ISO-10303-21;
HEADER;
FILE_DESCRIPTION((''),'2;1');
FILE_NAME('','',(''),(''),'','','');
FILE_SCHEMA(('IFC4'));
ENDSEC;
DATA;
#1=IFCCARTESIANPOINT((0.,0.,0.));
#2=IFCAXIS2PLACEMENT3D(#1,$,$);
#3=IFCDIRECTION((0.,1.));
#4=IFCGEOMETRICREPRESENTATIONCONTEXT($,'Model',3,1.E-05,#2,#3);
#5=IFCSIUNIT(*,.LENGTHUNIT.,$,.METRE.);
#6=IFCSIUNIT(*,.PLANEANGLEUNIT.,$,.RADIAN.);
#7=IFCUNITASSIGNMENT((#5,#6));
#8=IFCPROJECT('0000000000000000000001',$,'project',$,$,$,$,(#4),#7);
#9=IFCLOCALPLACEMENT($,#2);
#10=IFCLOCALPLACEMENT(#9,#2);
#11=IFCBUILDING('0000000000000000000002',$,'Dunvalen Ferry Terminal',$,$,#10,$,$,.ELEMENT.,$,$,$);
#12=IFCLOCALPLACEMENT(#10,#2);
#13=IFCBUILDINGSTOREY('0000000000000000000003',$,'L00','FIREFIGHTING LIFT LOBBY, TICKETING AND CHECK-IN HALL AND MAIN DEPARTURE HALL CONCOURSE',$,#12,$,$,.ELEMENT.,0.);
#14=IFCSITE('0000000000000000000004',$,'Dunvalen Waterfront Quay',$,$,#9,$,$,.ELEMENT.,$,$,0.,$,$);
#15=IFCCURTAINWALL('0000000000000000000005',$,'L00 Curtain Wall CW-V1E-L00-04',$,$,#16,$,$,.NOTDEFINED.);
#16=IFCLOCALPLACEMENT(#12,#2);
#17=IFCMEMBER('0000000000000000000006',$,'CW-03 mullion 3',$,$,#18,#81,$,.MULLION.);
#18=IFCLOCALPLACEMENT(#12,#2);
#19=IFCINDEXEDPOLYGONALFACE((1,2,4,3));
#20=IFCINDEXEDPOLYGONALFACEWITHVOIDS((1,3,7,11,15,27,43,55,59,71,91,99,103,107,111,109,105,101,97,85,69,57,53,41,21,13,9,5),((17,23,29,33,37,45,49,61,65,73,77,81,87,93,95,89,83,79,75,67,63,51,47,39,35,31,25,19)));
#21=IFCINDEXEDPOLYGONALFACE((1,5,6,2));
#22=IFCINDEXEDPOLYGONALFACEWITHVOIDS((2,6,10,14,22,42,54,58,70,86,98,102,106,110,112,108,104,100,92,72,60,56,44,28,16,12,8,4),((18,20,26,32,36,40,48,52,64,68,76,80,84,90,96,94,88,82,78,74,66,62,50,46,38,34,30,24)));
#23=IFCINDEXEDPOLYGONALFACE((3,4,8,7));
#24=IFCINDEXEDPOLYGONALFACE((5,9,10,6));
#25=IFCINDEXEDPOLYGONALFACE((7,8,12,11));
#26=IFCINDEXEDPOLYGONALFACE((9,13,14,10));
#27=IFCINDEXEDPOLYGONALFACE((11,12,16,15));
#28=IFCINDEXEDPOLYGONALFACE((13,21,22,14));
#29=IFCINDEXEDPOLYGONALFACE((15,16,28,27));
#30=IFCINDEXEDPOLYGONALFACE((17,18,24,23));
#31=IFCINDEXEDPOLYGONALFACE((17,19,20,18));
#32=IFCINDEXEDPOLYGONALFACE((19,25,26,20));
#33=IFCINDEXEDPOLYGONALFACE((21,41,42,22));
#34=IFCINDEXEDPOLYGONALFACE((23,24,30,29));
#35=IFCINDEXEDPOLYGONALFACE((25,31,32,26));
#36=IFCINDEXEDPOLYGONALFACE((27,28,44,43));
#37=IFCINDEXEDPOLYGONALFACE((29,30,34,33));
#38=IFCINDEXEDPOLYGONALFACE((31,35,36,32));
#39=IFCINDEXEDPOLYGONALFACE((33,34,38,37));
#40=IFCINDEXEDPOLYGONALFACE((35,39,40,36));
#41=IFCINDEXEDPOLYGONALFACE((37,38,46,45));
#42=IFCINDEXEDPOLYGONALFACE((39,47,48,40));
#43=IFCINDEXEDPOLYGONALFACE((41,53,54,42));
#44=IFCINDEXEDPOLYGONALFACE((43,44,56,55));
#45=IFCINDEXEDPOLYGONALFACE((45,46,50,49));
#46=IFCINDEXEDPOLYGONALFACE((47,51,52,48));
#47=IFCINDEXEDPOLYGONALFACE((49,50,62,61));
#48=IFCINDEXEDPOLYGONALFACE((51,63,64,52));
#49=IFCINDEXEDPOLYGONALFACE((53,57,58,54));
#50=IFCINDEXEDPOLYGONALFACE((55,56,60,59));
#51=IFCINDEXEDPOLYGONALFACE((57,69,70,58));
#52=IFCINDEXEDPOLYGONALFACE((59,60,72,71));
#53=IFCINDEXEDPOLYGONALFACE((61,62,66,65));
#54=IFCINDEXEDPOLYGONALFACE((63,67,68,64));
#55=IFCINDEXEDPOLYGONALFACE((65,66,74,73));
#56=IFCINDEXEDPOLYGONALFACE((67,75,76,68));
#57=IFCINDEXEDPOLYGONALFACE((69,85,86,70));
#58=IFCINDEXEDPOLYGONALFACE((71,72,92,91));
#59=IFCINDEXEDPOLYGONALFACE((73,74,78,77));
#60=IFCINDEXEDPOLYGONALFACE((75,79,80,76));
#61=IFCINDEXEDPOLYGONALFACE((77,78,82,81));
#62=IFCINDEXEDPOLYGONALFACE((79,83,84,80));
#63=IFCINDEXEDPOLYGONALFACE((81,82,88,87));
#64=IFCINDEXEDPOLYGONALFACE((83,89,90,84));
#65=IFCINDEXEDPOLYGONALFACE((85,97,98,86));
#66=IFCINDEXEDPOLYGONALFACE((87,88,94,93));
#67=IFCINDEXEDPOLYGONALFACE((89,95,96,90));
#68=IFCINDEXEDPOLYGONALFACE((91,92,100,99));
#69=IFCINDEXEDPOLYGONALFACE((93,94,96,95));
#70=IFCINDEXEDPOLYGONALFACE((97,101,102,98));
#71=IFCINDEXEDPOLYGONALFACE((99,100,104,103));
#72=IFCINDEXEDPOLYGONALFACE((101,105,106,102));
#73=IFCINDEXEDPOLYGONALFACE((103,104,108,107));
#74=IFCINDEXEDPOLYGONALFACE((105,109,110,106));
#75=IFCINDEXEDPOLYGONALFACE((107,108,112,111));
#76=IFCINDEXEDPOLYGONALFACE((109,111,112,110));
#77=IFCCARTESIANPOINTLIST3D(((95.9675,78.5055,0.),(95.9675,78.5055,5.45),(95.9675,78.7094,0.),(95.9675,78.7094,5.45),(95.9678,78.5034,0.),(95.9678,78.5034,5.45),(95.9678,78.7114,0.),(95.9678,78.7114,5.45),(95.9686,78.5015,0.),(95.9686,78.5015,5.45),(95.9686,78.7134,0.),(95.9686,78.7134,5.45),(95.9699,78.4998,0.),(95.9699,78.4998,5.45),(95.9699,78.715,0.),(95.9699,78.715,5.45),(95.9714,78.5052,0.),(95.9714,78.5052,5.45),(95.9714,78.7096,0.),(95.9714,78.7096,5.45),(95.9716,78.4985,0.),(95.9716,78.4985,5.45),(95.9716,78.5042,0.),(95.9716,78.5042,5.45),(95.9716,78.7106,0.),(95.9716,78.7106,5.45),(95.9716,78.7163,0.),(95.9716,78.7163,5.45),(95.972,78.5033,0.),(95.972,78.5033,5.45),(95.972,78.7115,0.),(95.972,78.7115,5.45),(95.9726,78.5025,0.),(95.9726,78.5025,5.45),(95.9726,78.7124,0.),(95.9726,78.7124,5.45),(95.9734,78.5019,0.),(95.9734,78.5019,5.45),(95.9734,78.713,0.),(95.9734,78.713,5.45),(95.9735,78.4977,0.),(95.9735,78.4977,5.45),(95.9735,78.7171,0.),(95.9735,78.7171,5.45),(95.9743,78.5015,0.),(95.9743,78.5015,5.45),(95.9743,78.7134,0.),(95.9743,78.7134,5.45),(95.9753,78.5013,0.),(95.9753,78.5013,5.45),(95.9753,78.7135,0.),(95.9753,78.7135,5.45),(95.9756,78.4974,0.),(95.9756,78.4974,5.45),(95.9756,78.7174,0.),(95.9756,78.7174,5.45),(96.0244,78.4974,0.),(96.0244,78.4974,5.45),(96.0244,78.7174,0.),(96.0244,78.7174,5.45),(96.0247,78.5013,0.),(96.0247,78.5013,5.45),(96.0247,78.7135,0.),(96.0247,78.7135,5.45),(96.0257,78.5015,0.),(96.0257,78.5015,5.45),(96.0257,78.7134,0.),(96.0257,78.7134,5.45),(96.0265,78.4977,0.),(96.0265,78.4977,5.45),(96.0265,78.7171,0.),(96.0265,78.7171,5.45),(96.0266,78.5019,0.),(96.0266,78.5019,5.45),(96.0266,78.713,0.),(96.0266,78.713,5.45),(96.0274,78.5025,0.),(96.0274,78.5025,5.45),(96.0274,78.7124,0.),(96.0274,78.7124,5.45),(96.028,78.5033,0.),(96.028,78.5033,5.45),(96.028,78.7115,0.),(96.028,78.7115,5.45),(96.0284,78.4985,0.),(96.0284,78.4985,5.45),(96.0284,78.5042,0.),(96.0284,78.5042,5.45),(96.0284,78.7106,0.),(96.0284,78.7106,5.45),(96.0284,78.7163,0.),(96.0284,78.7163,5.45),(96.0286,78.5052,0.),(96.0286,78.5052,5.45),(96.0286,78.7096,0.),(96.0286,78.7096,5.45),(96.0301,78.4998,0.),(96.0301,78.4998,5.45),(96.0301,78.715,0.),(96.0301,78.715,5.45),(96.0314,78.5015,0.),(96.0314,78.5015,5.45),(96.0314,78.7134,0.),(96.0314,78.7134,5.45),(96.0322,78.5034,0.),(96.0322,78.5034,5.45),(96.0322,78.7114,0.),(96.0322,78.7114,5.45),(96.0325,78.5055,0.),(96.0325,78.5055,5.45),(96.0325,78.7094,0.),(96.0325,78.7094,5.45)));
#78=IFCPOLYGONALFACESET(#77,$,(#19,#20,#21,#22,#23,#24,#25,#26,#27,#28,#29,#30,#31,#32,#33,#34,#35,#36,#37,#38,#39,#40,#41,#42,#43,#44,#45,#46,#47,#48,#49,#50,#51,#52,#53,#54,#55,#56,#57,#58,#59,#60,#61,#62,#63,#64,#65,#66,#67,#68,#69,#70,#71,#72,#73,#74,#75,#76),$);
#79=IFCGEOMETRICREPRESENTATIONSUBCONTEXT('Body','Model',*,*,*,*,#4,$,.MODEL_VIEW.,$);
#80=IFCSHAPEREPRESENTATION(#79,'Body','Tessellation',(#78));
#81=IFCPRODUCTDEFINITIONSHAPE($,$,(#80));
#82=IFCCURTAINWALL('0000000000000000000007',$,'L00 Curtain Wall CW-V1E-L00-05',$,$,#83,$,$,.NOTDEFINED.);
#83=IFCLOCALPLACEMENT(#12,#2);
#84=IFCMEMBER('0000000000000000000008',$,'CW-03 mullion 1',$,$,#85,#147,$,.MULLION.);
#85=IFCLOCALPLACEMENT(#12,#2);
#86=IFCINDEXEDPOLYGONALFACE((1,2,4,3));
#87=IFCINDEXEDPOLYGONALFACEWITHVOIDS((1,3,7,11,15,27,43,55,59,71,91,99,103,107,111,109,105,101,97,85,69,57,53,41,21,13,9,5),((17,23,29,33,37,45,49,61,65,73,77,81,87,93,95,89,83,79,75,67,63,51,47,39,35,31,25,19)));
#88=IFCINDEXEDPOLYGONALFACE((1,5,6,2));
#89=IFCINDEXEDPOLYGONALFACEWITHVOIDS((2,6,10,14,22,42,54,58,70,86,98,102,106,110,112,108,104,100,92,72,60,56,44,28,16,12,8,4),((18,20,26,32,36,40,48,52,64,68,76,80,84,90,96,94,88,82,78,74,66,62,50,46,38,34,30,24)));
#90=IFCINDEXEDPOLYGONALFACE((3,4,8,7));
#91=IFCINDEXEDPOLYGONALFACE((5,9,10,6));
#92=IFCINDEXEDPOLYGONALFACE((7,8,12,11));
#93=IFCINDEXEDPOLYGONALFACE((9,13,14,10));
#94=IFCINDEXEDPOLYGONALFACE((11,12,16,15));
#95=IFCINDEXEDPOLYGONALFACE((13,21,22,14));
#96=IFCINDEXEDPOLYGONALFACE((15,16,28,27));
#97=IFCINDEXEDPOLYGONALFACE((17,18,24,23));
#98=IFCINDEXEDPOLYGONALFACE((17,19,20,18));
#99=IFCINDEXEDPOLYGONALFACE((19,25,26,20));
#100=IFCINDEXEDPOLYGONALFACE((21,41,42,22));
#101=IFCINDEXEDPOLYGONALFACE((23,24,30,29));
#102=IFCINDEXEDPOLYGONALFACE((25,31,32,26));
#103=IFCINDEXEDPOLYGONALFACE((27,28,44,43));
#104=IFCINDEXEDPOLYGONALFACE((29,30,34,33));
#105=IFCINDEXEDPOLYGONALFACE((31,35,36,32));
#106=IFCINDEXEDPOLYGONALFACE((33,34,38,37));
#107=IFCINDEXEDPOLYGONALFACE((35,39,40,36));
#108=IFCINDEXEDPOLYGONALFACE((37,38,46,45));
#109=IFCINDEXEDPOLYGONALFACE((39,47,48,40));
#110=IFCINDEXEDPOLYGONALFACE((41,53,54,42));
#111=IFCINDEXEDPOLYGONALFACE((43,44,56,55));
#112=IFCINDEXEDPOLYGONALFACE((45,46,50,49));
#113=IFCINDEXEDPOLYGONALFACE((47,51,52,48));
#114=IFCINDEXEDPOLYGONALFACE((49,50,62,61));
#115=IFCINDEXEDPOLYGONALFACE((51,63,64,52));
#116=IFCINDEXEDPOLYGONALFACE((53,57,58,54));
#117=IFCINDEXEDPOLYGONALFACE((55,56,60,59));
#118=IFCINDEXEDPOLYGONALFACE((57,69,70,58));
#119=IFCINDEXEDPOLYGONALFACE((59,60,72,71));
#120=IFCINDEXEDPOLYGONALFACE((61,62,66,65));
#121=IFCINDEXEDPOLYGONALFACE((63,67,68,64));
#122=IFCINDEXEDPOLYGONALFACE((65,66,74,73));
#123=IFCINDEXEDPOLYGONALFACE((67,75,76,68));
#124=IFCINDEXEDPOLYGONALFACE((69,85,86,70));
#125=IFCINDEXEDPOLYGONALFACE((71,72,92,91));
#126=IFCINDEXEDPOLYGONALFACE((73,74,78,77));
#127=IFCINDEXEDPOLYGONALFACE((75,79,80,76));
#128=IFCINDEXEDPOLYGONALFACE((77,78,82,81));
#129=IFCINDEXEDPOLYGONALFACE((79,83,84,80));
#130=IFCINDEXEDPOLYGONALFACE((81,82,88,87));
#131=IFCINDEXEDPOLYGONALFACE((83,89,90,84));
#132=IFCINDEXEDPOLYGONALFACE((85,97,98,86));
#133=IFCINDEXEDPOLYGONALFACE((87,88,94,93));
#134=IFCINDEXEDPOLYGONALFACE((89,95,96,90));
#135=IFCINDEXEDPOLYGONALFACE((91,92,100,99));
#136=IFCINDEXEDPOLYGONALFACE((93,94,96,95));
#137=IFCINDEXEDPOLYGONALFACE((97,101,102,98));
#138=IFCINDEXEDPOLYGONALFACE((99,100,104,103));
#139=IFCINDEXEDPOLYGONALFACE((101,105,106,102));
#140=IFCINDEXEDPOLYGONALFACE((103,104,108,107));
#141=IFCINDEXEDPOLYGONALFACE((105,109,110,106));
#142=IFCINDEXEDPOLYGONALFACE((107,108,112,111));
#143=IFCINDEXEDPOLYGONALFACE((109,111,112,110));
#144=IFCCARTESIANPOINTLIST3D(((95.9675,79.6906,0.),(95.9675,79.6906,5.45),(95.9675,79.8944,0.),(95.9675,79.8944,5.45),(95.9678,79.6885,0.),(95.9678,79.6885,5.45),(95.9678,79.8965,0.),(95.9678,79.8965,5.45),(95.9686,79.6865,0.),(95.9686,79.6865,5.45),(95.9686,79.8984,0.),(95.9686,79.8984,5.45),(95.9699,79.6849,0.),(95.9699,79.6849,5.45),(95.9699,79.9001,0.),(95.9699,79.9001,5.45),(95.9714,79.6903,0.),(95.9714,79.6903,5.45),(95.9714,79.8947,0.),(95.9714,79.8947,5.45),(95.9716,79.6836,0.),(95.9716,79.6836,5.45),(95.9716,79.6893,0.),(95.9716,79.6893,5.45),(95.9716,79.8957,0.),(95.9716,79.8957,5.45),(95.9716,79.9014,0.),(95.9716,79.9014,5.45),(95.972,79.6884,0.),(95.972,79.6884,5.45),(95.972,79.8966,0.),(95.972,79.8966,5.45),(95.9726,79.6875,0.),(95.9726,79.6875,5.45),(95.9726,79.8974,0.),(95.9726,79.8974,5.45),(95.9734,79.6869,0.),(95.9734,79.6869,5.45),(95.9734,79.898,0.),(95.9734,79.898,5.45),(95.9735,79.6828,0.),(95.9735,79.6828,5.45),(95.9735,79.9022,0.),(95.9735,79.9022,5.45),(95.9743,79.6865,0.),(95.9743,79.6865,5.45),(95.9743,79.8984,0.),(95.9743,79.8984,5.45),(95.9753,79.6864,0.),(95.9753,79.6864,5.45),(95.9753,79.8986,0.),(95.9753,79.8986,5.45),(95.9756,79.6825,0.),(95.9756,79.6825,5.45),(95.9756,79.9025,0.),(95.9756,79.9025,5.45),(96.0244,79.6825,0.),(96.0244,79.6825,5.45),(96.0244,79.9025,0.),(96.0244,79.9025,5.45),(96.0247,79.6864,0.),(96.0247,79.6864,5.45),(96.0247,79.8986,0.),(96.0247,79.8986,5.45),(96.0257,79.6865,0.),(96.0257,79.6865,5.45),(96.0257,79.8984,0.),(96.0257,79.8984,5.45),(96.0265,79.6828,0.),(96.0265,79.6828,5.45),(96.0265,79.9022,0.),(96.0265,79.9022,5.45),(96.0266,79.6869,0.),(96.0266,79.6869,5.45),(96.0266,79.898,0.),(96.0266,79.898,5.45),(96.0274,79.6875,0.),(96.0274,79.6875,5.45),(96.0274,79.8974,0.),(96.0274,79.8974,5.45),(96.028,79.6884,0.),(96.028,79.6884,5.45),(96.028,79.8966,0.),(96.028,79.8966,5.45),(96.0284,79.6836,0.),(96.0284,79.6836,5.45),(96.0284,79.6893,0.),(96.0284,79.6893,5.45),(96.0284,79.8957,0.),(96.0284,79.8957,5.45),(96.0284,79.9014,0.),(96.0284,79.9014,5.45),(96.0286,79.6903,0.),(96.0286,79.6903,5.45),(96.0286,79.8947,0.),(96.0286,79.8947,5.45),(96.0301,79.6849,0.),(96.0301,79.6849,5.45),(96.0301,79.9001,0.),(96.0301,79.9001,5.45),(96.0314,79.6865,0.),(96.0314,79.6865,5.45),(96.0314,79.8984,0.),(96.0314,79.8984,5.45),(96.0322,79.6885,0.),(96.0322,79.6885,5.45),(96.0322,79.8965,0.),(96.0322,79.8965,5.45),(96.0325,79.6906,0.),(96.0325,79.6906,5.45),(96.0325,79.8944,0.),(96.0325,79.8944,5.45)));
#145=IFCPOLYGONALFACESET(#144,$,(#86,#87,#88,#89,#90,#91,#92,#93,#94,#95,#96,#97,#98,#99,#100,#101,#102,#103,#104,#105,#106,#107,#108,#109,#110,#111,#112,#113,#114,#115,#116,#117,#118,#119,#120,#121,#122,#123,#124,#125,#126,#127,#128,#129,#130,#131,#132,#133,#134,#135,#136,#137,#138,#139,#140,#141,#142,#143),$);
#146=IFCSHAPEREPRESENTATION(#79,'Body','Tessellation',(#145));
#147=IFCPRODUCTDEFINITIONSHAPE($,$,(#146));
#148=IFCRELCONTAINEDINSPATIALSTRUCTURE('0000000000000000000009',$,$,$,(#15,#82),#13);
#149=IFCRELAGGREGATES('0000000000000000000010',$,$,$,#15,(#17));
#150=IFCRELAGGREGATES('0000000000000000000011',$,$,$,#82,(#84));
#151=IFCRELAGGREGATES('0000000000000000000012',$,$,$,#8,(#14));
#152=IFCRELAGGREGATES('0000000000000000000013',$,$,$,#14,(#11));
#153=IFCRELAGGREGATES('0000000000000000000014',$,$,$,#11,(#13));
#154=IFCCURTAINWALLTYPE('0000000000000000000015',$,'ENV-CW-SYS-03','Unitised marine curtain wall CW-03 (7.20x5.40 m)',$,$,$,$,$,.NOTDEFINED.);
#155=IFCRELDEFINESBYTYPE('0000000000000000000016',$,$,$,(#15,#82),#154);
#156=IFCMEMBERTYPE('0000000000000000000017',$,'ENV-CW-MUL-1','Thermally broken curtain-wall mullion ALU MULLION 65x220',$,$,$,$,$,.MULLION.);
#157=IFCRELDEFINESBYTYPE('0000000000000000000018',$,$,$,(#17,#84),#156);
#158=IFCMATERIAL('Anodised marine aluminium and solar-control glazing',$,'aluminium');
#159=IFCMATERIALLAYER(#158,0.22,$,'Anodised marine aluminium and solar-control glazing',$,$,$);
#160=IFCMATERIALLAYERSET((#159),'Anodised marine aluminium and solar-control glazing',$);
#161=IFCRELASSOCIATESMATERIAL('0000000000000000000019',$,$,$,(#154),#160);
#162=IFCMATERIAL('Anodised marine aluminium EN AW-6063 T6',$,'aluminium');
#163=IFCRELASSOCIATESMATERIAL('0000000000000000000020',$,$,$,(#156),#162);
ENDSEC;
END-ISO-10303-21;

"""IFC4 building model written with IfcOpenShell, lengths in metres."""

from ifc_helpers import new_model, si_unit, direction, frame, origin, origin_2d, place, context, subcontext, project, spatial, hollow_rectangle, extrude, material, layer, layer_set, material_profile, profile_set, type_object, element, aggregate, save


model = new_model("IFC4")

# Units and contexts
model_context = context("Model", 3, precision=1e-05, world=origin(), true_north=direction((0.0, 1.0)))
body_context = subcontext(model_context, "Body", "Model", "MODEL_VIEW")
ifc_project = project(units=[si_unit("LENGTHUNIT", "METRE"), si_unit("PLANEANGLEUNIT", "RADIAN")], contexts=[model_context])

# Site, building, storey
site_placement = place(None, origin())
site = spatial("IfcSite", under=ifc_project, at=site_placement, Name="Dunvalen Waterfront Quay", CompositionType="ELEMENT", RefElevation=0.0)
building_placement = place(site_placement, origin())
building = spatial("IfcBuilding", under=site, at=building_placement, Name="Dunvalen Ferry Terminal", CompositionType="ELEMENT")
storey_placement = place(building_placement, origin())
storey = spatial("IfcBuildingStorey", under=building, at=storey_placement, Name="L00", Description="FIREFIGHTING LIFT LOBBY, TICKETING AND CHECK-IN HALL AND MAIN DEPARTURE HALL CONCOURSE", CompositionType="ELEMENT", Elevation=0.0)

# Curtain wall, member
ifc_material_1 = material(Name="Anodised marine aluminium and solar-control glazing", Category="aluminium")
ifc_layer_1 = layer(ifc_material_1, 0.22, Name="Anodised marine aluminium and solar-control glazing")
ifc_layer_set_1 = layer_set([ifc_layer_1], Name="Anodised marine aluminium and solar-control glazing")
curtain_wall_type = type_object("IfcCurtainWallType", Name="ENV-CW-SYS-03", Description="Unitised marine curtain wall CW-03 (7.20x5.40 m)", PredefinedType="NOTDEFINED", material=ifc_layer_set_1)
curtain_wall_1_placement = place(storey_placement, origin())
curtain_wall_1 = element("IfcCurtainWall", 1, at=curtain_wall_1_placement, inside=storey, type_object=curtain_wall_type, Name="L00 Curtain Wall CW-V1E-L00-04", PredefinedType="NOTDEFINED")
ifc_material_2 = material(Name="Anodised marine aluminium EN AW-6063 T6", Category="aluminium")
ifc_material_profile_1 = material_profile(ifc_material_2, hollow_rectangle(XDim=0.0649, YDim=0.22, WallThickness=0.0039, InnerFilletRadius=0.0039, OuterFilletRadius=0.0081, at=origin_2d()), Name="Anodised marine aluminium EN AW-6063 T6")
ifc_profile_set_1 = profile_set([ifc_material_profile_1], Name="Anodised marine aluminium EN AW-6063 T6")
member_type_1 = type_object("IfcMemberType", Name="ENV-CW-MUL-1", Description="Thermally broken curtain-wall mullion ALU MULLION 65x220", PredefinedType="MULLION", material=ifc_profile_set_1)
member_1_placement = place(storey_placement, frame((96.0, 78.6074, 0.0), z_axis=(0.0, 0.0, 1.0), x_axis=(-1.0, 0.0, 0.0)))
member_1 = element("IfcMember", 2, at=member_1_placement, type_object=member_type_1, Name="CW-03 mullion 3", PredefinedType="MULLION", context=body_context, shape_type="SweptSolid", body=[
    extrude(hollow_rectangle(XDim=0.0649, YDim=0.22, WallThickness=0.0039, InnerFilletRadius=0.0039, OuterFilletRadius=0.0081, at=origin_2d()), origin(), (0.0, 0.0, 1.0), 5.45),
])

# Curtain wall, member
curtain_wall_2_placement = place(storey_placement, origin())
curtain_wall_2 = element("IfcCurtainWall", 3, at=curtain_wall_2_placement, inside=storey, type_object=curtain_wall_type, Name="L00 Curtain Wall CW-V1E-L00-05", PredefinedType="NOTDEFINED")
member_2_placement = place(storey_placement, frame((96.0, 79.7925, 0.0), z_axis=(0.0, 0.0, 1.0), x_axis=(-1.0, 0.0, 0.0)))
member_2 = element("IfcMember", 4, at=member_2_placement, type_object=member_type_1, Name="CW-03 mullion 1", PredefinedType="MULLION", context=body_context, shape_type="SweptSolid", body=[
    extrude(hollow_rectangle(XDim=0.0649, YDim=0.22, WallThickness=0.0039, InnerFilletRadius=0.0039, OuterFilletRadius=0.0081, at=origin_2d()), origin(), (0.0, 0.0, 1.0), 5.45),
])

aggregate(curtain_wall_1, [member_1])
aggregate(curtain_wall_2, [member_2])

save(model, "model.ifc")
